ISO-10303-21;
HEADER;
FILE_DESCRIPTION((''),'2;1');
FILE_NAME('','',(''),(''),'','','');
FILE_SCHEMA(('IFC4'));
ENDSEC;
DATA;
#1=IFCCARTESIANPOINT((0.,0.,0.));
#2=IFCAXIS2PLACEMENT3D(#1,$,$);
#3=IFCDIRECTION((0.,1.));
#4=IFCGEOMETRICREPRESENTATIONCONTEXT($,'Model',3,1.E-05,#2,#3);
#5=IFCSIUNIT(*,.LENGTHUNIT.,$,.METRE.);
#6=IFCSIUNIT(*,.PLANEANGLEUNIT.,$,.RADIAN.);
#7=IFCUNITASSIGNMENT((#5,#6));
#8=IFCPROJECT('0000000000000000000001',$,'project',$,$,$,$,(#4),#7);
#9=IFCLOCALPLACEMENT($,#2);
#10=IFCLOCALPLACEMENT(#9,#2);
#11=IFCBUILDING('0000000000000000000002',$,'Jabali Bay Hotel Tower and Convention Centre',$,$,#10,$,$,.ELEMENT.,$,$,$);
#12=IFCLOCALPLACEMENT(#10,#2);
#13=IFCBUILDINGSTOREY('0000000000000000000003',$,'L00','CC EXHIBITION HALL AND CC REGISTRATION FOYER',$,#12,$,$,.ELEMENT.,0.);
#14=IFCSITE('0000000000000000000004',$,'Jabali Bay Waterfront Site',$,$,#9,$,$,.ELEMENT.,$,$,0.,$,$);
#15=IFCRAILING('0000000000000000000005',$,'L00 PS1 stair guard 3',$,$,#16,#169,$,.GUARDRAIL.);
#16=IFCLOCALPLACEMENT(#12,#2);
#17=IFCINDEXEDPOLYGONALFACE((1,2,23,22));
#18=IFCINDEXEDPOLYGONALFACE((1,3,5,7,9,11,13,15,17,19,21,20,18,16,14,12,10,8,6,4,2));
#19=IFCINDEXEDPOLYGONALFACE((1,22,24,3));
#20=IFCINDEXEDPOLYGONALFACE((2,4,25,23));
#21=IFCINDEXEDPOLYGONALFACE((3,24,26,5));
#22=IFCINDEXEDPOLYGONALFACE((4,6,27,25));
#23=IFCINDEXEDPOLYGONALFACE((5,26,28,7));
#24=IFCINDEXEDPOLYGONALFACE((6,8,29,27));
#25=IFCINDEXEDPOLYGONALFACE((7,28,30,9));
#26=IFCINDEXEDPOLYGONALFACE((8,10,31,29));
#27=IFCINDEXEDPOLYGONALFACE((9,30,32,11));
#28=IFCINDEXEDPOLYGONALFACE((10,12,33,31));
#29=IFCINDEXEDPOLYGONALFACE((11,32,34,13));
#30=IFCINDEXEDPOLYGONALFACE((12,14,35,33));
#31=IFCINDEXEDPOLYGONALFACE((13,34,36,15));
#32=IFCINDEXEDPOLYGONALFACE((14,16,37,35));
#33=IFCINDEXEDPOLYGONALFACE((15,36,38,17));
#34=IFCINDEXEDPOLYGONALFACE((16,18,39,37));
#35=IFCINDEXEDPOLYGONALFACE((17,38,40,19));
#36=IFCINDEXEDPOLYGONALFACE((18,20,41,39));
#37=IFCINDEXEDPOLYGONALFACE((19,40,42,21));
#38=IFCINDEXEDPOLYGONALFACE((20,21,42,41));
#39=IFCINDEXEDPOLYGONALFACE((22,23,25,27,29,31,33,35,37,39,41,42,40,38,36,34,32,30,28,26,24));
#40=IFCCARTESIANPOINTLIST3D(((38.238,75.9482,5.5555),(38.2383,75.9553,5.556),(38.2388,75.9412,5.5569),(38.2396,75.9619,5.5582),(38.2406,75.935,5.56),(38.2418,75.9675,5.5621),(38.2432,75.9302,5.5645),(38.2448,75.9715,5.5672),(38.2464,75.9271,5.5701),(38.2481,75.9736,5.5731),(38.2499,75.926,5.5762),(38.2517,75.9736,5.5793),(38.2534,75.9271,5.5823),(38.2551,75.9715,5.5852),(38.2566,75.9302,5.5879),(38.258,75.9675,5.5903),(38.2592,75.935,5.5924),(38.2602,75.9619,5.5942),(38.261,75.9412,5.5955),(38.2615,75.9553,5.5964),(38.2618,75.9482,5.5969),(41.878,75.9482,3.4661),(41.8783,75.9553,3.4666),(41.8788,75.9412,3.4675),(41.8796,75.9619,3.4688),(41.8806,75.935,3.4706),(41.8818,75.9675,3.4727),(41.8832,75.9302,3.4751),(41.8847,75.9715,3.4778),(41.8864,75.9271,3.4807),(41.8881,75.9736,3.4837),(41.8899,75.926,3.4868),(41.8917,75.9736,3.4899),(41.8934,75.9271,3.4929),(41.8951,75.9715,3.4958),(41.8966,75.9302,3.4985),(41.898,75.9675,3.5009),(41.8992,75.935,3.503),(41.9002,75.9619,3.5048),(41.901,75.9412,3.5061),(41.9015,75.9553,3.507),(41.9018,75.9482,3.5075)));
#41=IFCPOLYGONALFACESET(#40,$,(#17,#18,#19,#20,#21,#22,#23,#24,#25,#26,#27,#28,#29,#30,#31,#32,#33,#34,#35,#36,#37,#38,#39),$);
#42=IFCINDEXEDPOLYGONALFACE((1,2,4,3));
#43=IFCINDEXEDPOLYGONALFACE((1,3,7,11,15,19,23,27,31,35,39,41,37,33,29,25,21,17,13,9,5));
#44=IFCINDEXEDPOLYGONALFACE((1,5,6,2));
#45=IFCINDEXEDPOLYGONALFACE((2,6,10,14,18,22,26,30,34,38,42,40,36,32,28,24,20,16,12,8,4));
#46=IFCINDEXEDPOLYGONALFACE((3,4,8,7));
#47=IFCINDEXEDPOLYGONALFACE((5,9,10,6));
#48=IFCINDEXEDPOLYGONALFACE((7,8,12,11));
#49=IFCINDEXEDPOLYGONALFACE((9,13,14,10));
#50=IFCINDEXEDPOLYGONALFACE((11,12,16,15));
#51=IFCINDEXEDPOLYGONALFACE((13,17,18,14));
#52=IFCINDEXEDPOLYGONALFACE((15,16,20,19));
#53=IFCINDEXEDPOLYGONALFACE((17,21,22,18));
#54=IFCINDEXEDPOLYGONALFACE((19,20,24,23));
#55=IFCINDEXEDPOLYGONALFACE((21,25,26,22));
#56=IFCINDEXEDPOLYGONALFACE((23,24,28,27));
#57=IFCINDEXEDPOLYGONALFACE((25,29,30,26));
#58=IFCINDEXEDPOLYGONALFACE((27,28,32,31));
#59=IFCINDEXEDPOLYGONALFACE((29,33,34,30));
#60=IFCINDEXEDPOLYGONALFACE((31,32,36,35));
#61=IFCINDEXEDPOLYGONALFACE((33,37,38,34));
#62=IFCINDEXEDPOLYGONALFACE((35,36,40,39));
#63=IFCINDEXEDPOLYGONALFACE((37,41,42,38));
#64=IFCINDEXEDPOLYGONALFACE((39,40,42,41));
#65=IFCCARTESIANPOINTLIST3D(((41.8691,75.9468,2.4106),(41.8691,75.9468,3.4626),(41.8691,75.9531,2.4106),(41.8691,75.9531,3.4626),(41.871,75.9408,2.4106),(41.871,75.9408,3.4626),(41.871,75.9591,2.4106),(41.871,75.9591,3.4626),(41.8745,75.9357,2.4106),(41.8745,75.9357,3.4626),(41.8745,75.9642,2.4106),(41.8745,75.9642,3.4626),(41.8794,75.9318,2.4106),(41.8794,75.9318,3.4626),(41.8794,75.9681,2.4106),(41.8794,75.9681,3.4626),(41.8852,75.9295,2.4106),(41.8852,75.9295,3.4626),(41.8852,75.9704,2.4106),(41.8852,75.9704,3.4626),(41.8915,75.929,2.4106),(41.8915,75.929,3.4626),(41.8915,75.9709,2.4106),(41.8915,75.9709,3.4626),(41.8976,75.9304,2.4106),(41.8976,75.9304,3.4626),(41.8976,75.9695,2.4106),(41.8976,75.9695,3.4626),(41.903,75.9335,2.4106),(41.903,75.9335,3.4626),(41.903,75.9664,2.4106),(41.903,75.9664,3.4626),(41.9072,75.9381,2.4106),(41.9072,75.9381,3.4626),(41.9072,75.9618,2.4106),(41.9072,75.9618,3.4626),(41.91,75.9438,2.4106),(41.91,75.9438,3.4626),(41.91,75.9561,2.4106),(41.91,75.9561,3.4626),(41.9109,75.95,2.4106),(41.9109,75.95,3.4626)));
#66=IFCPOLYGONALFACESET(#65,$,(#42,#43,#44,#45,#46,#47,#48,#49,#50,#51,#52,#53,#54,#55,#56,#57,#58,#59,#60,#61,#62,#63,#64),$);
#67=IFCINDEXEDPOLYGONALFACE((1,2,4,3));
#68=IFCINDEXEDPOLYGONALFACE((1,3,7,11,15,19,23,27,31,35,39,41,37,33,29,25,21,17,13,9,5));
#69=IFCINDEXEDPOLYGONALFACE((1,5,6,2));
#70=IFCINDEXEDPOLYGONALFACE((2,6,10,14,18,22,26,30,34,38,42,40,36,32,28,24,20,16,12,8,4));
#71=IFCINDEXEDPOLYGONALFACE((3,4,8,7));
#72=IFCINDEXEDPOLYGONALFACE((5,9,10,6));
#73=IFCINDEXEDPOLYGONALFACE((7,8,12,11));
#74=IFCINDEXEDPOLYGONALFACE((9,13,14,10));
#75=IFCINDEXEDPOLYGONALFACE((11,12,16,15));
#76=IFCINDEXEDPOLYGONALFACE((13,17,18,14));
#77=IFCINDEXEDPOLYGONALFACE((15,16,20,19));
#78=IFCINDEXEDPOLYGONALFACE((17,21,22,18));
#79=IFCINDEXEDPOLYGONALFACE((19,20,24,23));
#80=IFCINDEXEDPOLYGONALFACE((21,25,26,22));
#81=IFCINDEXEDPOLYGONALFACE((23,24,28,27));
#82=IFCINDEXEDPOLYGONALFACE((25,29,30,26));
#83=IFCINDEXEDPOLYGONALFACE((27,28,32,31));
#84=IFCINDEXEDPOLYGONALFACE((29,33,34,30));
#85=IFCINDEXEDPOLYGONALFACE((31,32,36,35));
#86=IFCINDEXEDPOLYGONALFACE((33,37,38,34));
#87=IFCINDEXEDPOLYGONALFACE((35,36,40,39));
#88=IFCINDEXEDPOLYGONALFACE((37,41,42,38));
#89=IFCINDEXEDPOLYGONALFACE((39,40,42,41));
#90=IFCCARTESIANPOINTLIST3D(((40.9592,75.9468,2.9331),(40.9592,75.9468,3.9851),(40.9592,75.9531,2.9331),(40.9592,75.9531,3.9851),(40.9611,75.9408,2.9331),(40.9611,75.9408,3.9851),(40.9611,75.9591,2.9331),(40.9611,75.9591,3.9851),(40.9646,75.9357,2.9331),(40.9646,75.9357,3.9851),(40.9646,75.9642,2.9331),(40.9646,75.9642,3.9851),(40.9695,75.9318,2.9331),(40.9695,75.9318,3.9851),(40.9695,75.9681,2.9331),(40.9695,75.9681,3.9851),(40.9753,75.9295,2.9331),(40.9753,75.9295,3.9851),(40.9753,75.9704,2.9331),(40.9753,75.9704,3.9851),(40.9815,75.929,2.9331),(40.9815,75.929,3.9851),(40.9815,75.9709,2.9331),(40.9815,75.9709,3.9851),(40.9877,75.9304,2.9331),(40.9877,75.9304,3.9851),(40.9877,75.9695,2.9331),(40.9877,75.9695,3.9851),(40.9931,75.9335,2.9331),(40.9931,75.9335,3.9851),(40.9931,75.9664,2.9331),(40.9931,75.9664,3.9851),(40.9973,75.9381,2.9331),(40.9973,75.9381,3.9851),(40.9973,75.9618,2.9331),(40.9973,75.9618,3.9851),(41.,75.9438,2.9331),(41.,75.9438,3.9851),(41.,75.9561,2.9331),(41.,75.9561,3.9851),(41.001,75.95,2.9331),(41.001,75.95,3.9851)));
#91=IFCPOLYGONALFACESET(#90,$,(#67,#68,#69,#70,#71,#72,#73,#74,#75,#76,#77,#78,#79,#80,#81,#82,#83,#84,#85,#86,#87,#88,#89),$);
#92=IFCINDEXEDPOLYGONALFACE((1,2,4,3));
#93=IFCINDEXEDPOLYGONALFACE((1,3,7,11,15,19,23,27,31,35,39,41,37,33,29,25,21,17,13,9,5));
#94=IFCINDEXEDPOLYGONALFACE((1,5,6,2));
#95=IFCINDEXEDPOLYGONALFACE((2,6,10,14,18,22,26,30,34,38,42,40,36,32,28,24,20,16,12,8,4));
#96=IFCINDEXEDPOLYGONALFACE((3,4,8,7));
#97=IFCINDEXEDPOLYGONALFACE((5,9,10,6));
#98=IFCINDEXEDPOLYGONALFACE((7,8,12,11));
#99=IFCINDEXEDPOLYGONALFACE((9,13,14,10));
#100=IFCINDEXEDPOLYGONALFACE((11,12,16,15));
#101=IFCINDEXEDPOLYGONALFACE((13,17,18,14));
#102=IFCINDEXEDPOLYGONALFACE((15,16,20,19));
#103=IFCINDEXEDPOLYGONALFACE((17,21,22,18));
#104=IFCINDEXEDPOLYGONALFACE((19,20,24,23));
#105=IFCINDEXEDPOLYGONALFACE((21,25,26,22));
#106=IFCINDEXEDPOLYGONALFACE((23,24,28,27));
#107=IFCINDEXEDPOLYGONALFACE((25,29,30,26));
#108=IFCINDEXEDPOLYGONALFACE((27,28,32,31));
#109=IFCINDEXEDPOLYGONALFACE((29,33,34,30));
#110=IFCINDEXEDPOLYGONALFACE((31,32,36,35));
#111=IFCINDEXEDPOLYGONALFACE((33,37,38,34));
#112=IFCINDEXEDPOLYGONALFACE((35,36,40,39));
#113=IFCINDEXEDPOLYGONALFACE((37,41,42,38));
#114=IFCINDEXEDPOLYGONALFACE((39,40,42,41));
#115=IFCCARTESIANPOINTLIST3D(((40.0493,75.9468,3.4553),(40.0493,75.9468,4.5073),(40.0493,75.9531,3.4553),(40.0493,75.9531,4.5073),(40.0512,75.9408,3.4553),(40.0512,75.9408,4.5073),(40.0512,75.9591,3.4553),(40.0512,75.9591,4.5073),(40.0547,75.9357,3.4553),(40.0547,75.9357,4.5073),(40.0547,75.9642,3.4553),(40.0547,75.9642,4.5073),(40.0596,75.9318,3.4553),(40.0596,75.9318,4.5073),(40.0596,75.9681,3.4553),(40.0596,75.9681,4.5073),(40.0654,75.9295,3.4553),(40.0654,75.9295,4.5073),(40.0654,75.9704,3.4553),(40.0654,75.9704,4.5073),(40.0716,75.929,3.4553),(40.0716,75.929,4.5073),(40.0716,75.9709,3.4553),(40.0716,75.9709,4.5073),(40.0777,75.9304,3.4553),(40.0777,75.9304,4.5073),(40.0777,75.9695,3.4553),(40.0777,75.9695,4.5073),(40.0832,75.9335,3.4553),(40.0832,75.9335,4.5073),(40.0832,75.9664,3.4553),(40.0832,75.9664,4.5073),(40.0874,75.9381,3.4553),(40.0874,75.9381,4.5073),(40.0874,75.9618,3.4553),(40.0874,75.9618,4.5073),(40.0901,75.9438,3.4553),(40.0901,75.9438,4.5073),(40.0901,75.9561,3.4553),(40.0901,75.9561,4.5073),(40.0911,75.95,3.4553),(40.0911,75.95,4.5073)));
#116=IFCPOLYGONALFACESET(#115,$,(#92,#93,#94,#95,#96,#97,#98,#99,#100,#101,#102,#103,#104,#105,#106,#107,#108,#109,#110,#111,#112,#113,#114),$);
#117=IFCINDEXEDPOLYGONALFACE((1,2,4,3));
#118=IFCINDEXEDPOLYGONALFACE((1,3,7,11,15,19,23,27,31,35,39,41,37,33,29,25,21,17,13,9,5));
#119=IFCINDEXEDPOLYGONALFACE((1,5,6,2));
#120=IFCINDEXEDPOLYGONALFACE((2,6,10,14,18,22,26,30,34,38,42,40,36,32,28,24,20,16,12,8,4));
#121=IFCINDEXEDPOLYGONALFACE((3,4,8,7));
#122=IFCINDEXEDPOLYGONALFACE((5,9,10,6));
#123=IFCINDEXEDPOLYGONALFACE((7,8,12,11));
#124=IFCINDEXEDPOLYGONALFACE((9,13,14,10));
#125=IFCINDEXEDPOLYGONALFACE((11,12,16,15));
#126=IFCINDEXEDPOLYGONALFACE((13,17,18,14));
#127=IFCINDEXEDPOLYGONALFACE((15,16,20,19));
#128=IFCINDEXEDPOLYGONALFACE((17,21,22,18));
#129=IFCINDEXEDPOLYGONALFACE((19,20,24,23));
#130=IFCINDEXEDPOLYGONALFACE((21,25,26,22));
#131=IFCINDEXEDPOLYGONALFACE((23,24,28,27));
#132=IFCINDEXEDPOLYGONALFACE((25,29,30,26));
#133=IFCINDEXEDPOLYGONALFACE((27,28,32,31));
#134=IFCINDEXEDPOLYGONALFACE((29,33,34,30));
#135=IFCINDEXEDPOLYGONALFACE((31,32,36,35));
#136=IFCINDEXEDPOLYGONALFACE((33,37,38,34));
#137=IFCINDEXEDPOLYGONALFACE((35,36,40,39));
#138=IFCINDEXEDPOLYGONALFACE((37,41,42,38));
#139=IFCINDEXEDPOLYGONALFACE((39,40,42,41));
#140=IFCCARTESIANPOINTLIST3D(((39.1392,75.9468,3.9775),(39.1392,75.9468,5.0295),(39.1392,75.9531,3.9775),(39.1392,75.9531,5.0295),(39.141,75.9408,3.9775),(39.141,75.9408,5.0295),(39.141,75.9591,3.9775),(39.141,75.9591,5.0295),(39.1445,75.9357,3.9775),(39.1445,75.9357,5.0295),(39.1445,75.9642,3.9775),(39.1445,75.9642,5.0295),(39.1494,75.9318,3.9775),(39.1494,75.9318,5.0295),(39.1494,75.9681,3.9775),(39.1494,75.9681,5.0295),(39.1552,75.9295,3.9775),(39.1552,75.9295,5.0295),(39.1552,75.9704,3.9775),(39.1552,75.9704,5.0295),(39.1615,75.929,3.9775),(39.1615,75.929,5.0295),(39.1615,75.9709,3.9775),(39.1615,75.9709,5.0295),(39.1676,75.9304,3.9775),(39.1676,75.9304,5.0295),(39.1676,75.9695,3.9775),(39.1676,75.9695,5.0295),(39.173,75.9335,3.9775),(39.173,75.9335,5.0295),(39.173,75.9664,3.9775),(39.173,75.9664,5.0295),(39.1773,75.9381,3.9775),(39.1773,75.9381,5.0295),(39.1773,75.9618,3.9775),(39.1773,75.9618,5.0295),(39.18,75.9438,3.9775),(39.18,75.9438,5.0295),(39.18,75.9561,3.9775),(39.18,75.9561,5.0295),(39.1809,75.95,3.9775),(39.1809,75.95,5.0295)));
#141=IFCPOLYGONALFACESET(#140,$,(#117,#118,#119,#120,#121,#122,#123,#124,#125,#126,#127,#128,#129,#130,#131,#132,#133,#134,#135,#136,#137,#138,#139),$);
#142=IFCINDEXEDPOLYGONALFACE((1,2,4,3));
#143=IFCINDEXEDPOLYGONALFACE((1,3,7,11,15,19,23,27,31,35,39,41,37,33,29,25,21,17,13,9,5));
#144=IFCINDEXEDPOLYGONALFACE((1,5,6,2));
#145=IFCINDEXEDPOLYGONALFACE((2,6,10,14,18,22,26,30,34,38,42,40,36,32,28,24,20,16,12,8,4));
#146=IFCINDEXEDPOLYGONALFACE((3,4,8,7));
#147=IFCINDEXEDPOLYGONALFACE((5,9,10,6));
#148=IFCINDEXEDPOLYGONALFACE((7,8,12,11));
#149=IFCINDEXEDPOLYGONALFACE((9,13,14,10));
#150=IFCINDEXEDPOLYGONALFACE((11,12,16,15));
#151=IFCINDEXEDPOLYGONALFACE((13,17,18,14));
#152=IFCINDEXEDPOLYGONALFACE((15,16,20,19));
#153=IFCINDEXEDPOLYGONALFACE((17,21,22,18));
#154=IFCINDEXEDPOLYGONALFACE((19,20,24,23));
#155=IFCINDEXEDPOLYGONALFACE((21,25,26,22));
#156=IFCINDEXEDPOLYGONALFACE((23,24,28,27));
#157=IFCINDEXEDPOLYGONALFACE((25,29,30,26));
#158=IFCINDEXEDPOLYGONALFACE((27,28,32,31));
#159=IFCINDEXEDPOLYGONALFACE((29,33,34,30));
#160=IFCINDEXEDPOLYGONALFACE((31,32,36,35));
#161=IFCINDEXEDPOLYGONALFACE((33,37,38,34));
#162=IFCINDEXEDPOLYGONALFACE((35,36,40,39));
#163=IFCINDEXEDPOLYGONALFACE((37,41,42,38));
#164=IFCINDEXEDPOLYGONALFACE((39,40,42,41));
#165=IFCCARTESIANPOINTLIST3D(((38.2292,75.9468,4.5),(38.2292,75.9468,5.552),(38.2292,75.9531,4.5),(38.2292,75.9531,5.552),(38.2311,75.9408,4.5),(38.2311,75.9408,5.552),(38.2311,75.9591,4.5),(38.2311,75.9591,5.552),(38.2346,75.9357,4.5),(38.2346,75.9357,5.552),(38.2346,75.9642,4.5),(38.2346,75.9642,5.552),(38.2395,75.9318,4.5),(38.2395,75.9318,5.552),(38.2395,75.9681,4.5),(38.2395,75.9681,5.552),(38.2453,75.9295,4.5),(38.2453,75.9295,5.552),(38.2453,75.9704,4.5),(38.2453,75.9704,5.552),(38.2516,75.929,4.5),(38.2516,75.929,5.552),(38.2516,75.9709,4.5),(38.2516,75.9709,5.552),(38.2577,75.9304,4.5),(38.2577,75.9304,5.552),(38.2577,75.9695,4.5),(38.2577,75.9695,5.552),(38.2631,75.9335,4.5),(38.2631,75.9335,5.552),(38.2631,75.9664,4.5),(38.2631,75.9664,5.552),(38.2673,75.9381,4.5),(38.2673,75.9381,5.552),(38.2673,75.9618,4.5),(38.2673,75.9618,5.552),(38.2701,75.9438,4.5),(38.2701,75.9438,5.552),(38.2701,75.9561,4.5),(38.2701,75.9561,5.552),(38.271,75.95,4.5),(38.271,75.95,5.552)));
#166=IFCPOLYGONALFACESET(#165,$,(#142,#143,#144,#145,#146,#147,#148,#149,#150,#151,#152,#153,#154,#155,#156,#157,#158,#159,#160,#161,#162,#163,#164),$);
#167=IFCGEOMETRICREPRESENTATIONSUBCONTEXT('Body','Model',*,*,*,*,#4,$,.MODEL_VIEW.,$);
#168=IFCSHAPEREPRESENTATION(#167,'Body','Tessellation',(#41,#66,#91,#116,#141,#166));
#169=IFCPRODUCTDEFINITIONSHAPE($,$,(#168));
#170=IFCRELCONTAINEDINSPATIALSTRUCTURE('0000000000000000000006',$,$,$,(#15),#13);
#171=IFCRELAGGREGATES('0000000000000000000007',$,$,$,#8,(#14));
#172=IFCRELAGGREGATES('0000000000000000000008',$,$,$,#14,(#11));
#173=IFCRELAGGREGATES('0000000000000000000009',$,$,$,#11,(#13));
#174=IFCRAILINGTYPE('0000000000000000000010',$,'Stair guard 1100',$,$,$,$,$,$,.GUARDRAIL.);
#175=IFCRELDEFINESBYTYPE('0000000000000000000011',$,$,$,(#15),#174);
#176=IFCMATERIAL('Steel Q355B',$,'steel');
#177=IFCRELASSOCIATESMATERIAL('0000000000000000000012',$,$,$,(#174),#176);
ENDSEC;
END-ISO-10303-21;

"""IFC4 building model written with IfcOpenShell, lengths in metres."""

from ifc_helpers import new_model, si_unit, direction, frame, origin, origin_2d, place, context, subcontext, project, spatial, circle, extrude, material, type_object, element, save


model = new_model("IFC4")

# Units and contexts
model_context = context("Model", 3, precision=1e-05, world=origin(), true_north=direction((0.0, 1.0)))
body_context = subcontext(model_context, "Body", "Model", "MODEL_VIEW")
ifc_project = project(units=[si_unit("LENGTHUNIT", "METRE"), si_unit("PLANEANGLEUNIT", "RADIAN")], contexts=[model_context])

# Site, building, storey
site_placement = place(None, origin())
site = spatial("IfcSite", under=ifc_project, at=site_placement, Name="Jabali Bay Waterfront Site", CompositionType="ELEMENT", RefElevation=0.0)
building_placement = place(site_placement, origin())
building = spatial("IfcBuilding", under=site, at=building_placement, Name="Jabali Bay Hotel Tower and Convention Centre", CompositionType="ELEMENT")
storey_placement = place(building_placement, origin())
storey = spatial("IfcBuildingStorey", under=building, at=storey_placement, Name="L00", Description="CC EXHIBITION HALL AND CC REGISTRATION FOYER", CompositionType="ELEMENT", Elevation=0.0)

# Railing
ifc_material_1 = material(Name="Steel Q355B", Category="steel")
railing_type_1 = type_object("IfcRailingType", Name="Stair guard 1100", PredefinedType="GUARDRAIL", material=ifc_material_1)
railing_1_placement = place(storey_placement, frame((41.8899, 75.95, 2.4106)))
element("IfcRailing", 1, at=railing_1_placement, inside=storey, type_object=railing_type_1, Name="L00 PS1 stair guard 3", PredefinedType="GUARDRAIL", context=body_context, shape_type="SweptSolid", body=[
    extrude(circle(Radius=0.0239, at=origin_2d()), frame((0.0, 0.0, 1.0762), z_axis=(-0.867275, 0.0, 0.497829), x_axis=(0.0, -1.0, 0.0)), (0.0, 0.0, 1.0), 4.197),
    extrude(circle(Radius=0.021, at=origin_2d()), origin(), (0.0, 0.0, 1.0), 1.052),
    extrude(circle(Radius=0.021, at=origin_2d()), frame((-0.9099, 0.0, 0.5225)), (0.0, 0.0, 1.0), 1.052),
    extrude(circle(Radius=0.021, at=origin_2d()), frame((-1.8198, 0.0, 1.0447)), (0.0, 0.0, 1.0), 1.052),
    extrude(circle(Radius=0.021, at=origin_2d()), frame((-2.73, 0.0, 1.5669)), (0.0, 0.0, 1.0), 1.052),
    extrude(circle(Radius=0.021, at=origin_2d()), frame((-3.6399, 0.0, 2.0894)), (0.0, 0.0, 1.0), 1.052),
])

save(model, "model.ifc")
